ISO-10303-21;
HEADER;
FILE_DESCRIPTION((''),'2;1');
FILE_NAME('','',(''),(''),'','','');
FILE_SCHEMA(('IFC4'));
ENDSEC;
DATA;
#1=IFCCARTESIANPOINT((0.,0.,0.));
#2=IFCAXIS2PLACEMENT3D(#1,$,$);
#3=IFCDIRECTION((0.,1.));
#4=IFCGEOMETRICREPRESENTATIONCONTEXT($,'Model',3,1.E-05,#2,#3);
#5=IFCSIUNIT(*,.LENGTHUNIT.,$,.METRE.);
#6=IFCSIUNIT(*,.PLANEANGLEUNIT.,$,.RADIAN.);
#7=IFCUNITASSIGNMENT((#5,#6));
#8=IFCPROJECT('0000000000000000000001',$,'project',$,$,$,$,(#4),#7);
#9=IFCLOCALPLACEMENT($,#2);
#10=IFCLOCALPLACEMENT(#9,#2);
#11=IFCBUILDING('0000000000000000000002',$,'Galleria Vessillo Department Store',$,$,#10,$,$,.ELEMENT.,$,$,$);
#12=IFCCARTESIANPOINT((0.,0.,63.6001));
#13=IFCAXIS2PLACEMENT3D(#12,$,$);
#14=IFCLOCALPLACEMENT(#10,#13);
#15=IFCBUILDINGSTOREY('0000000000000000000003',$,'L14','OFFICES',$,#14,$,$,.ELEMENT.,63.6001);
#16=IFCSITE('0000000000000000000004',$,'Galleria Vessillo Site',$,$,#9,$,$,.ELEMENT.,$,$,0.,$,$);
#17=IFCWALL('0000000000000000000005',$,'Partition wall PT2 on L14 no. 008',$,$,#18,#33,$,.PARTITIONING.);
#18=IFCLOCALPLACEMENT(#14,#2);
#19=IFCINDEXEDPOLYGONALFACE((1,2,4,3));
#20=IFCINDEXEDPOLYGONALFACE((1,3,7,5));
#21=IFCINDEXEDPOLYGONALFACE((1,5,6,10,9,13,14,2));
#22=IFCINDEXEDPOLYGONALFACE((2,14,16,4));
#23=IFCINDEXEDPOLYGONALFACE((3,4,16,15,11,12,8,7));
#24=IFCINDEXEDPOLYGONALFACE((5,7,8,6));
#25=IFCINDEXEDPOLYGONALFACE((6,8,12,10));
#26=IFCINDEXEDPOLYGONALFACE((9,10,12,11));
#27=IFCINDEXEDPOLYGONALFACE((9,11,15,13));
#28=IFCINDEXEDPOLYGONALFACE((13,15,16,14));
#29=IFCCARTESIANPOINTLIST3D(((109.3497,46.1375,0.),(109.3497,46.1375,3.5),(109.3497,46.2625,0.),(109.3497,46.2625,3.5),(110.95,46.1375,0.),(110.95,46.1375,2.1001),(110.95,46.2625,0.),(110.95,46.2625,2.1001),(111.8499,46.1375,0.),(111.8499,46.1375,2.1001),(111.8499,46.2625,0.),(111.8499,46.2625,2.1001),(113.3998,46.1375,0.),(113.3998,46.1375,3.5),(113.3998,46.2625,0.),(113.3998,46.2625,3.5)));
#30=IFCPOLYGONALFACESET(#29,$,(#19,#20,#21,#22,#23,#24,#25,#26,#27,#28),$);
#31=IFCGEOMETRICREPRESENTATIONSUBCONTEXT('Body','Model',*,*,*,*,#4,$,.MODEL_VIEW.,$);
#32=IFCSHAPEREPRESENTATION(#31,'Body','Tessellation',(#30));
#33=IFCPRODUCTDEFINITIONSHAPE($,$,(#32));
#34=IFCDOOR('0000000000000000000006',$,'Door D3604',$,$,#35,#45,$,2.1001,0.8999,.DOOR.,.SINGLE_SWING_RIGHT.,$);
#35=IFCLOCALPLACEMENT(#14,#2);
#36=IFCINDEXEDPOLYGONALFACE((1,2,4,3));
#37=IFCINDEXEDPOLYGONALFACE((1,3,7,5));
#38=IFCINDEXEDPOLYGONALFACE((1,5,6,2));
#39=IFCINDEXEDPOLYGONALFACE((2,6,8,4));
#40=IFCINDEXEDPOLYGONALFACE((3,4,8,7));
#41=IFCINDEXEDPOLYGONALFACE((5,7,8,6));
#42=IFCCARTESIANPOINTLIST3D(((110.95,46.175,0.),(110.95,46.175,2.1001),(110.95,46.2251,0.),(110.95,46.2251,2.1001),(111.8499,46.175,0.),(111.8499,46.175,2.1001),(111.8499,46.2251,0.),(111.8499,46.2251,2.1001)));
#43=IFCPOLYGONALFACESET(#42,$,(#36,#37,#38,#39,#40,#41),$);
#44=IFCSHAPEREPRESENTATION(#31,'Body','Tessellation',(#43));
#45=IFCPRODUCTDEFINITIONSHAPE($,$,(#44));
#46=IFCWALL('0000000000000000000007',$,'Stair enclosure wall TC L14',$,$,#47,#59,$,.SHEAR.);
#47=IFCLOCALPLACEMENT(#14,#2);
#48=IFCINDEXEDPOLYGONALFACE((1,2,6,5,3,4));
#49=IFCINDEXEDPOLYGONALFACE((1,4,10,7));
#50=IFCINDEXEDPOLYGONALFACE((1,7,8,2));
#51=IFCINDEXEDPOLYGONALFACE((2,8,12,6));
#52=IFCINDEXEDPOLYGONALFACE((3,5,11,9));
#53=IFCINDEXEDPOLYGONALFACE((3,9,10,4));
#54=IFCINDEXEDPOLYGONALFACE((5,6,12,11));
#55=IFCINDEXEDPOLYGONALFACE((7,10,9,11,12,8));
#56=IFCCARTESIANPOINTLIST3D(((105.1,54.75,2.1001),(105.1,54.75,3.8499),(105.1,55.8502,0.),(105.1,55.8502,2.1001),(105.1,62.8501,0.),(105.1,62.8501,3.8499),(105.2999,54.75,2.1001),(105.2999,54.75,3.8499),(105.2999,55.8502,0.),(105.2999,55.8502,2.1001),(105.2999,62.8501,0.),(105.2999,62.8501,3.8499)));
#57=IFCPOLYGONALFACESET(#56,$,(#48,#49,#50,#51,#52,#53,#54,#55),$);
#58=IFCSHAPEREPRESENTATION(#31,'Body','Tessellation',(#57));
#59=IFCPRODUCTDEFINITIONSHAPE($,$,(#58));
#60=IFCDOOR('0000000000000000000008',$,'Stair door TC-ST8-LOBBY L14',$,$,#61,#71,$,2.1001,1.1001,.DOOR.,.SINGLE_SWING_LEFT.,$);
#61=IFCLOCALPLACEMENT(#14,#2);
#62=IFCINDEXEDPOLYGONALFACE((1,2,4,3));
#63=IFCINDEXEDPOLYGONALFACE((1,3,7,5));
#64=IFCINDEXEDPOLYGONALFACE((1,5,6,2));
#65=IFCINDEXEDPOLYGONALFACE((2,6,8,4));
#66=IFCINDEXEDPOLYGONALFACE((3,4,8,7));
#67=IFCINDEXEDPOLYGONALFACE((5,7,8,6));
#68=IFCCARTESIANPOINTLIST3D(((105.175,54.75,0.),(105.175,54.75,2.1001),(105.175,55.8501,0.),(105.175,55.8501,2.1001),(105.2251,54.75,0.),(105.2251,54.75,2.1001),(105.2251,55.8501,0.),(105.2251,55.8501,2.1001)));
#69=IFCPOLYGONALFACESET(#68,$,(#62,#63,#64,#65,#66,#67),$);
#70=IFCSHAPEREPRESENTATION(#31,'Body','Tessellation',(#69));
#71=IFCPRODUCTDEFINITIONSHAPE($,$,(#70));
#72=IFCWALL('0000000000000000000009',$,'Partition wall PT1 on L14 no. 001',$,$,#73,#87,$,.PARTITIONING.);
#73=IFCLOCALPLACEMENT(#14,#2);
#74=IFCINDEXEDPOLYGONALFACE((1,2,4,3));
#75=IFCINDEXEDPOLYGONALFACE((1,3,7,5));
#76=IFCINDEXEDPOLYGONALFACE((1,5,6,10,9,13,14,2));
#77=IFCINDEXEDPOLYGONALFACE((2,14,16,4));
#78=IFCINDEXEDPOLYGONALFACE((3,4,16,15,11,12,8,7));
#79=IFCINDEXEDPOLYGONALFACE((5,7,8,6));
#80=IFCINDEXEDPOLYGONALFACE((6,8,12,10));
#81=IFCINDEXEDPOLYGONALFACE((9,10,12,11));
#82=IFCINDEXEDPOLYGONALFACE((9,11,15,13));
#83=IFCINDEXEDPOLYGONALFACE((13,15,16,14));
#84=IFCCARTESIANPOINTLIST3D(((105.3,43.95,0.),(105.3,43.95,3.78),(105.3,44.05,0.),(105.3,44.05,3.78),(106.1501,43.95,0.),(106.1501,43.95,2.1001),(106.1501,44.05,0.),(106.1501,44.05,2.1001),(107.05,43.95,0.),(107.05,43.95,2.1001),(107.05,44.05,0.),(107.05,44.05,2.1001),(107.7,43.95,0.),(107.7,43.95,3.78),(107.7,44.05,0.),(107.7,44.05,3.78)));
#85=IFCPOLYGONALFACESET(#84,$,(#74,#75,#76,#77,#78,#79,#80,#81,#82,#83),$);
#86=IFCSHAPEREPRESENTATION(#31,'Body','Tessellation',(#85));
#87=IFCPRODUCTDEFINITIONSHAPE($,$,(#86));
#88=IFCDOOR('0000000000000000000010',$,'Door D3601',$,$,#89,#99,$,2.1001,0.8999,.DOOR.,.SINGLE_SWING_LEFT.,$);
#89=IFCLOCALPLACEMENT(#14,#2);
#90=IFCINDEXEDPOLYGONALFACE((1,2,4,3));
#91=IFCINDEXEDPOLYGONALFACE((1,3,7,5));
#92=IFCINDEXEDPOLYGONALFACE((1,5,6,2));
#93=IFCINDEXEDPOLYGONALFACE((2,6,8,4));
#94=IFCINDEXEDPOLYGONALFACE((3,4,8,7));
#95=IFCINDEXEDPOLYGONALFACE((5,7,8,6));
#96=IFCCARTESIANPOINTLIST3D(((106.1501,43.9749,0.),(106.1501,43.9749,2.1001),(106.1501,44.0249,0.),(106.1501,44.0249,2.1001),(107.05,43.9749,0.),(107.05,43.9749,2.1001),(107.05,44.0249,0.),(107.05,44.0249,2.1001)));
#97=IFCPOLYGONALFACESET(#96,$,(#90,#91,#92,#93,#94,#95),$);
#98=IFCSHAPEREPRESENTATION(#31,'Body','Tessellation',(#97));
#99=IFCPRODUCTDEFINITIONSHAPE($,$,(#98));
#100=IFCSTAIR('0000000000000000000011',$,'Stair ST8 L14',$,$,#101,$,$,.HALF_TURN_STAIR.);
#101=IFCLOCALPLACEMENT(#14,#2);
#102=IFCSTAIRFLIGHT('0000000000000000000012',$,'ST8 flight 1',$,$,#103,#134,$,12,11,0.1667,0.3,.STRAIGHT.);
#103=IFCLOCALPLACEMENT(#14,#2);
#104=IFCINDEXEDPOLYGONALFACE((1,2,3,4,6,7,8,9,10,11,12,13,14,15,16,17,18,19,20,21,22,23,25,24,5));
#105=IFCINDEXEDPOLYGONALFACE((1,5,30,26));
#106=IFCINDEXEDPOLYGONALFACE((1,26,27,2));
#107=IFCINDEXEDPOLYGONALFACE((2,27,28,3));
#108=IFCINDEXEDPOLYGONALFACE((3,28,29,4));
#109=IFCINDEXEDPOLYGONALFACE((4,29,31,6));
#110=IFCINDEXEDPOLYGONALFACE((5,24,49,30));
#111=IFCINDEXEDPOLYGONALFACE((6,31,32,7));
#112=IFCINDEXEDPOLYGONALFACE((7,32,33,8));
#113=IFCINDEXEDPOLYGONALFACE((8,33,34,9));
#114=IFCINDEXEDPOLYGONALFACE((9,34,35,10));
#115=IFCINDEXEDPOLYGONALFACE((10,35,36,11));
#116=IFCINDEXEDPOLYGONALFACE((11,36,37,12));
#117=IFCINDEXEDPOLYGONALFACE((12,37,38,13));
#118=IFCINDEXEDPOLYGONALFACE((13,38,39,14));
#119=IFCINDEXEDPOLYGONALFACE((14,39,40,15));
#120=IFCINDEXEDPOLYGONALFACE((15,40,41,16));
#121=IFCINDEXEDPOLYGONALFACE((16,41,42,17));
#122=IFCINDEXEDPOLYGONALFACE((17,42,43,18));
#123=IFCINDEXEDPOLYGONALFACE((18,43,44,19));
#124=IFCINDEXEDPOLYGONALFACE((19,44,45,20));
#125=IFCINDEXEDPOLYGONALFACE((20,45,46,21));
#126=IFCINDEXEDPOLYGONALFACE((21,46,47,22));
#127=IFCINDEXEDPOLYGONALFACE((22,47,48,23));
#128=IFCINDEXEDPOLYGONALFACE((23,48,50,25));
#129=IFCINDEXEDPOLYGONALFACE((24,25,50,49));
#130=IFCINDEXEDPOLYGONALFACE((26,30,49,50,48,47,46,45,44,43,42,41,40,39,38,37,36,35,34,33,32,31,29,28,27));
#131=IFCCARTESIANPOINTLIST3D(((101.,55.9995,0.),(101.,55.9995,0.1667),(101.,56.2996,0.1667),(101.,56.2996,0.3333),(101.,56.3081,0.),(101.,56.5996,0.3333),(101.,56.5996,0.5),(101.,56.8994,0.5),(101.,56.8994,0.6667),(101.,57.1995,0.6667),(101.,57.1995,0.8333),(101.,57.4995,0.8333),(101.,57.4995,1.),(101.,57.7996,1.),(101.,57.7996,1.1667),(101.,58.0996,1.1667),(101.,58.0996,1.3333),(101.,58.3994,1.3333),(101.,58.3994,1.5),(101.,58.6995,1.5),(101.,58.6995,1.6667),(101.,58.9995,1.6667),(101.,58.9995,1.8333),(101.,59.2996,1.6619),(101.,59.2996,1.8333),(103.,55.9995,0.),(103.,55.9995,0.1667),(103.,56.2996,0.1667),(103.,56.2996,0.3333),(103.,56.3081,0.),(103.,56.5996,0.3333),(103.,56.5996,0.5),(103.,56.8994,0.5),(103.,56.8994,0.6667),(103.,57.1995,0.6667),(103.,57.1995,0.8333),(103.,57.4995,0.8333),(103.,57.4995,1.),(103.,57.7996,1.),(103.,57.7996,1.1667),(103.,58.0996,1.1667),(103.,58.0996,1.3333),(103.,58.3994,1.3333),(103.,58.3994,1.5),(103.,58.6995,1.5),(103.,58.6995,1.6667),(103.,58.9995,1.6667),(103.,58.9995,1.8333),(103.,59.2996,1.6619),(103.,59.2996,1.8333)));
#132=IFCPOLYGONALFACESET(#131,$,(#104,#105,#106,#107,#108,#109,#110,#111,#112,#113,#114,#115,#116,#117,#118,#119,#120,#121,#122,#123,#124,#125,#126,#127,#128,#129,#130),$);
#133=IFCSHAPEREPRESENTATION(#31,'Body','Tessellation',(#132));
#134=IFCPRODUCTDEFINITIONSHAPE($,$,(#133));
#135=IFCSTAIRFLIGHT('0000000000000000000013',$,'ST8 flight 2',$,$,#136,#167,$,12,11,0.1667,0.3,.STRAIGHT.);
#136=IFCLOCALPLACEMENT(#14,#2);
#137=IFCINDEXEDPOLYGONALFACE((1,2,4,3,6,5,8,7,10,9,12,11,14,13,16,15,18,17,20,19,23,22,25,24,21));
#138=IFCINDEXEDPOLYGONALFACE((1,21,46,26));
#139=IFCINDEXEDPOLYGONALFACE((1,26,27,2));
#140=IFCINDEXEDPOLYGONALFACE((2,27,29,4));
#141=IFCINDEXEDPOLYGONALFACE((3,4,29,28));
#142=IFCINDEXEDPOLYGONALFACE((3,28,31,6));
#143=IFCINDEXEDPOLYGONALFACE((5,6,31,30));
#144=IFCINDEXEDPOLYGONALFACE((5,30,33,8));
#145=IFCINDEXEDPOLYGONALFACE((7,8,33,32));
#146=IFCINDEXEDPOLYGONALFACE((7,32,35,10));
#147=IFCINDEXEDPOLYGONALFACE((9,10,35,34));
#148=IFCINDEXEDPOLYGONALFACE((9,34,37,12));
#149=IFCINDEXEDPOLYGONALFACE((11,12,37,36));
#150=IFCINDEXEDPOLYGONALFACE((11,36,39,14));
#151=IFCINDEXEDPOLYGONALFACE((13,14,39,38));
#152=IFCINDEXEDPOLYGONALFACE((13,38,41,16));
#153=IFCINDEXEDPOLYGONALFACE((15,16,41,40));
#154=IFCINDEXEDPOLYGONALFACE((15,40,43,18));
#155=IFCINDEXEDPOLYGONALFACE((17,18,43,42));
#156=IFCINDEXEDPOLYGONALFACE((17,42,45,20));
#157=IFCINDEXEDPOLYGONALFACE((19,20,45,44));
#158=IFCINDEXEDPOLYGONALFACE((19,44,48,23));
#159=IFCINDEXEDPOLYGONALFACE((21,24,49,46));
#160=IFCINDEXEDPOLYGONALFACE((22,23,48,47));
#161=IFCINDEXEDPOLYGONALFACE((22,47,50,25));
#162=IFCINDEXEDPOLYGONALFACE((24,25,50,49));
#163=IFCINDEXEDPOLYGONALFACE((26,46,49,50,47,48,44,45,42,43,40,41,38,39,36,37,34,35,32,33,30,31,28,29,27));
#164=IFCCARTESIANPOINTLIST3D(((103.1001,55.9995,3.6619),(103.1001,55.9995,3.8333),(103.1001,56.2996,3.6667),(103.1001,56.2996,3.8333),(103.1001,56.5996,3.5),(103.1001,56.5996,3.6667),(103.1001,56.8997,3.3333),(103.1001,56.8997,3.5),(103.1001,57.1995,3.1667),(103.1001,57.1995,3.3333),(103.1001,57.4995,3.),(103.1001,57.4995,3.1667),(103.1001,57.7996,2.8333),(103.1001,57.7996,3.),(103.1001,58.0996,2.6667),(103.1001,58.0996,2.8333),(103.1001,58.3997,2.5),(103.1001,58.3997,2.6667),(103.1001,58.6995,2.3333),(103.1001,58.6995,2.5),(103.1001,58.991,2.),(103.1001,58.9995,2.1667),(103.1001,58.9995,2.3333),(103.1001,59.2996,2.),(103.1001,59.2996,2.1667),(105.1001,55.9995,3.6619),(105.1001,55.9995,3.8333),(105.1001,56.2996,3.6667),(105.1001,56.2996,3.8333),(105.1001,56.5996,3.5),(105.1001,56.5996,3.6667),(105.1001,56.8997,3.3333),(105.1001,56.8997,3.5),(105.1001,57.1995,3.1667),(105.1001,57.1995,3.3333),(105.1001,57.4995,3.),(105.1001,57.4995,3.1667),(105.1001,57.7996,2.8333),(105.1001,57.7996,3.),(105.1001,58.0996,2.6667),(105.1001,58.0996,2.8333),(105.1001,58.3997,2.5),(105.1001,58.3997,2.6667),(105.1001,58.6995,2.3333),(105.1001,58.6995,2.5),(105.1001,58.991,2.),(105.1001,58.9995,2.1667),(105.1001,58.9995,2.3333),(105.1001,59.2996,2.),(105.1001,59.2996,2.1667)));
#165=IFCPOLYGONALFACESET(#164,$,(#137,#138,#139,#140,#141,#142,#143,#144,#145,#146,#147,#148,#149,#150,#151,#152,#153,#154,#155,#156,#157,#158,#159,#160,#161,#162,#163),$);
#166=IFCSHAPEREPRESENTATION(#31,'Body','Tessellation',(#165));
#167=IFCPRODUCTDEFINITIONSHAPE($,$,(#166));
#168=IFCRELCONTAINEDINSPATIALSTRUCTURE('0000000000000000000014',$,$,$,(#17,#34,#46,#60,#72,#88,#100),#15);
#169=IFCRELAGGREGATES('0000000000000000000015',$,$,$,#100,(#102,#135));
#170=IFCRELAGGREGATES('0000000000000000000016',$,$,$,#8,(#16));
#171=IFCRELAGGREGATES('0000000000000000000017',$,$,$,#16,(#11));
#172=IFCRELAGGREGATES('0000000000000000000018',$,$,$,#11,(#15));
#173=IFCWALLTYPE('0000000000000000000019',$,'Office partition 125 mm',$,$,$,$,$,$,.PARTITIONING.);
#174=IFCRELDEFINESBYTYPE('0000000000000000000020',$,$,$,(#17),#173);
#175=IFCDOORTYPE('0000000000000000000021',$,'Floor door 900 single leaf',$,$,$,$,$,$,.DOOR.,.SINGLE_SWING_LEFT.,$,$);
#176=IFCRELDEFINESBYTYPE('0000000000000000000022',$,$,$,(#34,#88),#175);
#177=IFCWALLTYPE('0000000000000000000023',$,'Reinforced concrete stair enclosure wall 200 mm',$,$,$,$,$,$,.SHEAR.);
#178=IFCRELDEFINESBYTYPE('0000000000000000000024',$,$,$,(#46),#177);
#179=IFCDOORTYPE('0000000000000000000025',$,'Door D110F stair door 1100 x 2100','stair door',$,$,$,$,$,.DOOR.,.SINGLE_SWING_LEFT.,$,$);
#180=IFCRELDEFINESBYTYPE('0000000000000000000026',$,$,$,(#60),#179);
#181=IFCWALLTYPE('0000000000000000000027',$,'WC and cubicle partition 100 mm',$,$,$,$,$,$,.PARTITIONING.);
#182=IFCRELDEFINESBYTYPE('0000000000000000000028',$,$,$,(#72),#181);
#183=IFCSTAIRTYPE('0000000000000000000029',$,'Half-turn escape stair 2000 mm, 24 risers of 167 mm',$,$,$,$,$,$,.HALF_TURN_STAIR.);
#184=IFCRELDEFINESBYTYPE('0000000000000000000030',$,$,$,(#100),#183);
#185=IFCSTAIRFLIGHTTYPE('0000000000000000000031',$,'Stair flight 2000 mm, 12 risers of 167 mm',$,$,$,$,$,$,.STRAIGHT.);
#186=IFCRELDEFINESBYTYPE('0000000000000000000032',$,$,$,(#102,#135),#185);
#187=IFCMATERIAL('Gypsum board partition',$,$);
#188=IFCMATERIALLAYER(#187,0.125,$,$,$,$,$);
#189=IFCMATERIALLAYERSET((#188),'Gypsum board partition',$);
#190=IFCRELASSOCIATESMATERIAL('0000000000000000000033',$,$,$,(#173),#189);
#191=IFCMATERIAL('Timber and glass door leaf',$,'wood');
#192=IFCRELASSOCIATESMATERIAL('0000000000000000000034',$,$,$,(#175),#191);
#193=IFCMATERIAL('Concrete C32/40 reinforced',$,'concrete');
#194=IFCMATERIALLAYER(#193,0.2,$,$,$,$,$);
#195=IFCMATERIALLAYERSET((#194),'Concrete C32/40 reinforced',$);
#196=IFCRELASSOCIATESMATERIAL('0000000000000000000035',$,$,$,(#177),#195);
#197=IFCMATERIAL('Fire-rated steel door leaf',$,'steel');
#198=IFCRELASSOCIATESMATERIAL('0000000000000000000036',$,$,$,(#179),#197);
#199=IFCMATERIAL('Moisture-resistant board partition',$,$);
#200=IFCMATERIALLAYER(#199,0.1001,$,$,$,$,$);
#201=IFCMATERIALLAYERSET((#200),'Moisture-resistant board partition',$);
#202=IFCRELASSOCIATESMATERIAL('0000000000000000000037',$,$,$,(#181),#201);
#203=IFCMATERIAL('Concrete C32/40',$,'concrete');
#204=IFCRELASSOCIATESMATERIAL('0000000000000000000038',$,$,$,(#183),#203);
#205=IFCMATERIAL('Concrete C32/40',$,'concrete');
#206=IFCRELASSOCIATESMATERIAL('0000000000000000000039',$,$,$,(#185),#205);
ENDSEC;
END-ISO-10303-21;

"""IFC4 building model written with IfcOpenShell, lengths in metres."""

from ifc_helpers import new_model, si_unit, direction, frame, frame_2d, origin, place, context, subcontext, project, spatial, polyline, rectangle, outline, extrude, material, layer, layer_set, type_object, element, fill, aggregate, save


model = new_model("IFC4")

# Units and contexts
model_context = context("Model", 3, precision=1e-05, world=origin(), true_north=direction((0.0, 1.0)))
body_context = subcontext(model_context, "Body", "Model", "MODEL_VIEW")
ifc_project = project(units=[si_unit("LENGTHUNIT", "METRE"), si_unit("PLANEANGLEUNIT", "RADIAN")], contexts=[model_context])

# Site, building, storey
site_placement = place(None, origin())
site = spatial("IfcSite", under=ifc_project, at=site_placement, Name="Galleria Vessillo Site", CompositionType="ELEMENT", RefElevation=0.0)
building_placement = place(site_placement, origin())
building = spatial("IfcBuilding", under=site, at=building_placement, Name="Galleria Vessillo Department Store", CompositionType="ELEMENT")
storey_placement = place(building_placement, frame((0.0, 0.0, 63.6001)))
storey = spatial("IfcBuildingStorey", under=building, at=storey_placement, Name="L14", Description="OFFICES", CompositionType="ELEMENT", Elevation=63.6001)

# Walls, openings, doors
ifc_material_1 = material(Name="Gypsum board partition")
ifc_layer_1 = layer(ifc_material_1, 0.125)
ifc_layer_set_1 = layer_set([ifc_layer_1], Name="Gypsum board partition")
wall_type_1 = type_object("IfcWallType", Name="Office partition 125 mm", PredefinedType="PARTITIONING", material=ifc_layer_set_1)
wall_1_placement = place(storey_placement, frame((109.3499, 46.2, 0.0), z_axis=(0.0, 0.0, 1.0), x_axis=(1.0, 0.0, 0.0)))
wall_1 = element("IfcWall", 1, at=wall_1_placement, inside=storey, type_object=wall_type_1, Name="Partition wall PT2 on L14 no. 008", PredefinedType="PARTITIONING", context=body_context, shape_type="SweptSolid", body=[
    extrude(rectangle(XDim=4.05, YDim=0.125, at=frame_2d((2.0249, 0.0))), origin(), (0.0, 0.0, 1.0), 3.5),
])
opening_1_placement = place(wall_1_placement, frame((1.6001, 0.0, 0.0)))
opening_1 = element("IfcOpeningElement", 2, at=opening_1_placement, cuts=wall_1, PredefinedType="OPENING", context=body_context, shape_type="SweptSolid", body=[
    extrude(rectangle(XDim=0.8999, YDim=2.1001, at=frame_2d((0.45, 1.05))), frame((0.0, 0.0725, 0.0), z_axis=(0.0, -1.0, 0.0), x_axis=(1.0, 0.0, 0.0)), (0.0, 0.0, 1.0), 0.145),
])
ifc_material_2 = material(Name="Timber and glass door leaf", Category="wood")
door_type_1 = type_object("IfcDoorType", Name="Floor door 900 single leaf", OperationType="SINGLE_SWING_LEFT", PredefinedType="DOOR", material=ifc_material_2)
door_1_placement = place(opening_1_placement, frame((0.8999, 0.0, 0.0), z_axis=(0.0, 0.0, 1.0), x_axis=(-1.0, 0.0, 0.0)))
door_1 = element("IfcDoor", 3, at=door_1_placement, inside=storey, type_object=door_type_1, Name="Door D3604", OperationType="SINGLE_SWING_RIGHT", OverallHeight=2.1001, OverallWidth=0.8999, PredefinedType="DOOR", context=body_context, shape_type="SweptSolid", body=[
    extrude(rectangle(XDim=0.8999, YDim=2.1001, at=frame_2d((0.45, 1.05))), frame((0.0, 0.0249, 0.0), z_axis=(0.0, -1.0, 0.0), x_axis=(1.0, 0.0, 0.0)), (0.0, 0.0, 1.0), 0.05),
])
fill(opening_1, door_1)
ifc_material_3 = material(Name="Concrete C32/40 reinforced", Category="concrete")
ifc_layer_2 = layer(ifc_material_3, 0.2)
ifc_layer_set_2 = layer_set([ifc_layer_2], Name="Concrete C32/40 reinforced")
wall_type_2 = type_object("IfcWallType", Name="Reinforced concrete stair enclosure wall 200 mm", PredefinedType="SHEAR", material=ifc_layer_set_2)
wall_2_placement = place(storey_placement, frame((105.2, 62.8501, 0.0), z_axis=(0.0, 0.0, 1.0), x_axis=(0.0, -1.0, 0.0)))
wall_2 = element("IfcWall", 4, at=wall_2_placement, inside=storey, type_object=wall_type_2, Name="Stair enclosure wall TC L14", PredefinedType="SHEAR", context=body_context, shape_type="SweptSolid", body=[
    extrude(rectangle(XDim=8.1001, YDim=0.2, at=frame_2d((4.05, 0.0))), origin(), (0.0, 0.0, 1.0), 3.8499),
])
opening_2_placement = place(wall_2_placement, frame((7.0, 0.0, 0.0)))
opening_2 = element("IfcOpeningElement", 5, at=opening_2_placement, cuts=wall_2, PredefinedType="OPENING", context=body_context, shape_type="SweptSolid", body=[
    extrude(rectangle(XDim=1.1101, YDim=2.1001, at=frame_2d((0.5549, 1.05))), frame((0.0, 0.1099, 0.0), z_axis=(0.0, -1.0, 0.0), x_axis=(1.0, 0.0, 0.0)), (0.0, 0.0, 1.0), 0.22),
])
ifc_material_4 = material(Name="Fire-rated steel door leaf", Category="steel")
door_type_2 = type_object("IfcDoorType", Name="Door D110F stair door 1100 x 2100", Description="stair door", OperationType="SINGLE_SWING_LEFT", PredefinedType="DOOR", material=ifc_material_4)
door_2_placement = place(opening_2_placement, frame((1.1001, 0.0, 0.0), z_axis=(0.0, 0.0, 1.0), x_axis=(-1.0, 0.0, 0.0)))
door_2 = element("IfcDoor", 6, at=door_2_placement, inside=storey, type_object=door_type_2, Name="Stair door TC-ST8-LOBBY L14", OperationType="SINGLE_SWING_LEFT", OverallHeight=2.1001, OverallWidth=1.1001, PredefinedType="DOOR", context=body_context, shape_type="SweptSolid", body=[
    extrude(rectangle(XDim=1.1001, YDim=2.1001, at=frame_2d((0.55, 1.05))), frame((0.0, 0.0249, 0.0), z_axis=(0.0, -1.0, 0.0), x_axis=(1.0, 0.0, 0.0)), (0.0, 0.0, 1.0), 0.05),
])
fill(opening_2, door_2)
ifc_material_5 = material(Name="Moisture-resistant board partition")
ifc_layer_3 = layer(ifc_material_5, 0.1001)
ifc_layer_set_3 = layer_set([ifc_layer_3], Name="Moisture-resistant board partition")
wall_type_3 = type_object("IfcWallType", Name="WC and cubicle partition 100 mm", PredefinedType="PARTITIONING", material=ifc_layer_set_3)
wall_3_placement = place(storey_placement, frame((105.3, 44.0, 0.0), z_axis=(0.0, 0.0, 1.0), x_axis=(1.0, 0.0, 0.0)))
wall_3 = element("IfcWall", 7, at=wall_3_placement, inside=storey, type_object=wall_type_3, Name="Partition wall PT1 on L14 no. 001", PredefinedType="PARTITIONING", context=body_context, shape_type="SweptSolid", body=[
    extrude(rectangle(XDim=2.3999, YDim=0.1001, at=frame_2d((1.2, 0.0))), origin(), (0.0, 0.0, 1.0), 3.78),
])
opening_3_placement = place(wall_3_placement, frame((0.8501, 0.0, 0.0)))
opening_3 = element("IfcOpeningElement", 8, at=opening_3_placement, cuts=wall_3, PredefinedType="OPENING", context=body_context, shape_type="SweptSolid", body=[
    extrude(rectangle(XDim=0.8999, YDim=2.1001, at=frame_2d((0.45, 1.05))), frame((0.0, 0.0601, 0.0), z_axis=(0.0, -1.0, 0.0), x_axis=(1.0, 0.0, 0.0)), (0.0, 0.0, 1.0), 0.1201),
])
door_3_placement = place(opening_3_placement, origin())
door_3 = element("IfcDoor", 9, at=door_3_placement, inside=storey, type_object=door_type_1, Name="Door D3601", OperationType="SINGLE_SWING_LEFT", OverallHeight=2.1001, OverallWidth=0.8999, PredefinedType="DOOR", context=body_context, shape_type="SweptSolid", body=[
    extrude(rectangle(XDim=0.8999, YDim=2.1001, at=frame_2d((0.45, 1.05))), frame((0.0, 0.0249, 0.0), z_axis=(0.0, -1.0, 0.0), x_axis=(1.0, 0.0, 0.0)), (0.0, 0.0, 1.0), 0.05),
])
fill(opening_3, door_3)

# Stair, stair flights
ifc_material_6 = material(Name="Concrete C32/40", Category="concrete")
stair_type = type_object("IfcStairType", Name="Half-turn escape stair 2000 mm, 24 risers of 167 mm", PredefinedType="HALF_TURN_STAIR", material=ifc_material_6)
stair_1_placement = place(storey_placement, origin())
stair_1 = element("IfcStair", 10, at=stair_1_placement, inside=storey, type_object=stair_type, Name="Stair ST8 L14", PredefinedType="HALF_TURN_STAIR")
ifc_material_7 = material(Name="Concrete C32/40", Category="concrete")
stair_flight_type = type_object("IfcStairFlightType", Name="Stair flight 2000 mm, 12 risers of 167 mm", PredefinedType="STRAIGHT", material=ifc_material_7)
stair_flight_1_placement = place(storey_placement, frame((102.0, 55.9995, 0.0), z_axis=(0.0, 0.0, 1.0), x_axis=(0.0, 1.0, 0.0)))
stair_flight_1 = element("IfcStairFlight", 11, at=stair_flight_1_placement, type_object=stair_flight_type, Name="ST8 flight 1", NumberOfRisers=12, NumberOfTreads=11, PredefinedType="STRAIGHT", RiserHeight=0.1667, TreadLength=0.3, context=body_context, shape_type="SweptSolid", body=[
    extrude(outline(polyline([(0.0, 0.0), (0.0, 0.1667), (0.3, 0.1667), (0.3, 0.3333), (0.6001, 0.3333), (0.6001, 0.5), (0.8999, 0.5), (0.8999, 0.6667), (1.2, 0.6667), (1.2, 0.8333), (1.5, 0.8333), (1.5, 1.0), (1.8, 1.0), (1.8, 1.1667), (2.1001, 1.1667), (2.1001, 1.3333), (2.3999, 1.3333), (2.3999, 1.5), (2.7, 1.5), (2.7, 1.6667), (3.0, 1.6667), (3.0, 1.8333), (3.3, 1.8333), (3.3, 2.0), (3.3, 1.6619), (0.3086, 0.0), (0.0, 0.0)])), frame((0.0, 1.0, 0.0), z_axis=(0.0, -1.0, 0.0), x_axis=(1.0, 0.0, 0.0)), (0.0, 0.0, 1.0), 2.0),
])
stair_flight_2_placement = place(storey_placement, frame((104.1001, 59.2996, 2.0), z_axis=(0.0, 0.0, 1.0), x_axis=(0.0, -1.0, 0.0)))
stair_flight_2 = element("IfcStairFlight", 12, at=stair_flight_2_placement, type_object=stair_flight_type, Name="ST8 flight 2", NumberOfRisers=12, NumberOfTreads=11, PredefinedType="STRAIGHT", RiserHeight=0.1667, TreadLength=0.3, context=body_context, shape_type="SweptSolid", body=[
    extrude(outline(polyline([(0.0, 0.0), (0.0, 0.1667), (0.3, 0.1667), (0.3, 0.3333), (0.6001, 0.3333), (0.6001, 0.5), (0.8999, 0.5), (0.8999, 0.6667), (1.2, 0.6667), (1.2, 0.8333), (1.5, 0.8333), (1.5, 1.0), (1.8, 1.0), (1.8, 1.1667), (2.1001, 1.1667), (2.1001, 1.3333), (2.3999, 1.3333), (2.3999, 1.5), (2.7, 1.5), (2.7, 1.6667), (3.0, 1.6667), (3.0, 1.8333), (3.3, 1.8333), (3.3, 2.0), (3.3, 1.6619), (0.3086, 0.0), (0.0, 0.0)])), frame((0.0, 1.0, 0.0), z_axis=(0.0, -1.0, 0.0), x_axis=(1.0, 0.0, 0.0)), (0.0, 0.0, 1.0), 2.0),
])
aggregate(stair_1, [stair_flight_1, stair_flight_2])

save(model, "model.ifc")
